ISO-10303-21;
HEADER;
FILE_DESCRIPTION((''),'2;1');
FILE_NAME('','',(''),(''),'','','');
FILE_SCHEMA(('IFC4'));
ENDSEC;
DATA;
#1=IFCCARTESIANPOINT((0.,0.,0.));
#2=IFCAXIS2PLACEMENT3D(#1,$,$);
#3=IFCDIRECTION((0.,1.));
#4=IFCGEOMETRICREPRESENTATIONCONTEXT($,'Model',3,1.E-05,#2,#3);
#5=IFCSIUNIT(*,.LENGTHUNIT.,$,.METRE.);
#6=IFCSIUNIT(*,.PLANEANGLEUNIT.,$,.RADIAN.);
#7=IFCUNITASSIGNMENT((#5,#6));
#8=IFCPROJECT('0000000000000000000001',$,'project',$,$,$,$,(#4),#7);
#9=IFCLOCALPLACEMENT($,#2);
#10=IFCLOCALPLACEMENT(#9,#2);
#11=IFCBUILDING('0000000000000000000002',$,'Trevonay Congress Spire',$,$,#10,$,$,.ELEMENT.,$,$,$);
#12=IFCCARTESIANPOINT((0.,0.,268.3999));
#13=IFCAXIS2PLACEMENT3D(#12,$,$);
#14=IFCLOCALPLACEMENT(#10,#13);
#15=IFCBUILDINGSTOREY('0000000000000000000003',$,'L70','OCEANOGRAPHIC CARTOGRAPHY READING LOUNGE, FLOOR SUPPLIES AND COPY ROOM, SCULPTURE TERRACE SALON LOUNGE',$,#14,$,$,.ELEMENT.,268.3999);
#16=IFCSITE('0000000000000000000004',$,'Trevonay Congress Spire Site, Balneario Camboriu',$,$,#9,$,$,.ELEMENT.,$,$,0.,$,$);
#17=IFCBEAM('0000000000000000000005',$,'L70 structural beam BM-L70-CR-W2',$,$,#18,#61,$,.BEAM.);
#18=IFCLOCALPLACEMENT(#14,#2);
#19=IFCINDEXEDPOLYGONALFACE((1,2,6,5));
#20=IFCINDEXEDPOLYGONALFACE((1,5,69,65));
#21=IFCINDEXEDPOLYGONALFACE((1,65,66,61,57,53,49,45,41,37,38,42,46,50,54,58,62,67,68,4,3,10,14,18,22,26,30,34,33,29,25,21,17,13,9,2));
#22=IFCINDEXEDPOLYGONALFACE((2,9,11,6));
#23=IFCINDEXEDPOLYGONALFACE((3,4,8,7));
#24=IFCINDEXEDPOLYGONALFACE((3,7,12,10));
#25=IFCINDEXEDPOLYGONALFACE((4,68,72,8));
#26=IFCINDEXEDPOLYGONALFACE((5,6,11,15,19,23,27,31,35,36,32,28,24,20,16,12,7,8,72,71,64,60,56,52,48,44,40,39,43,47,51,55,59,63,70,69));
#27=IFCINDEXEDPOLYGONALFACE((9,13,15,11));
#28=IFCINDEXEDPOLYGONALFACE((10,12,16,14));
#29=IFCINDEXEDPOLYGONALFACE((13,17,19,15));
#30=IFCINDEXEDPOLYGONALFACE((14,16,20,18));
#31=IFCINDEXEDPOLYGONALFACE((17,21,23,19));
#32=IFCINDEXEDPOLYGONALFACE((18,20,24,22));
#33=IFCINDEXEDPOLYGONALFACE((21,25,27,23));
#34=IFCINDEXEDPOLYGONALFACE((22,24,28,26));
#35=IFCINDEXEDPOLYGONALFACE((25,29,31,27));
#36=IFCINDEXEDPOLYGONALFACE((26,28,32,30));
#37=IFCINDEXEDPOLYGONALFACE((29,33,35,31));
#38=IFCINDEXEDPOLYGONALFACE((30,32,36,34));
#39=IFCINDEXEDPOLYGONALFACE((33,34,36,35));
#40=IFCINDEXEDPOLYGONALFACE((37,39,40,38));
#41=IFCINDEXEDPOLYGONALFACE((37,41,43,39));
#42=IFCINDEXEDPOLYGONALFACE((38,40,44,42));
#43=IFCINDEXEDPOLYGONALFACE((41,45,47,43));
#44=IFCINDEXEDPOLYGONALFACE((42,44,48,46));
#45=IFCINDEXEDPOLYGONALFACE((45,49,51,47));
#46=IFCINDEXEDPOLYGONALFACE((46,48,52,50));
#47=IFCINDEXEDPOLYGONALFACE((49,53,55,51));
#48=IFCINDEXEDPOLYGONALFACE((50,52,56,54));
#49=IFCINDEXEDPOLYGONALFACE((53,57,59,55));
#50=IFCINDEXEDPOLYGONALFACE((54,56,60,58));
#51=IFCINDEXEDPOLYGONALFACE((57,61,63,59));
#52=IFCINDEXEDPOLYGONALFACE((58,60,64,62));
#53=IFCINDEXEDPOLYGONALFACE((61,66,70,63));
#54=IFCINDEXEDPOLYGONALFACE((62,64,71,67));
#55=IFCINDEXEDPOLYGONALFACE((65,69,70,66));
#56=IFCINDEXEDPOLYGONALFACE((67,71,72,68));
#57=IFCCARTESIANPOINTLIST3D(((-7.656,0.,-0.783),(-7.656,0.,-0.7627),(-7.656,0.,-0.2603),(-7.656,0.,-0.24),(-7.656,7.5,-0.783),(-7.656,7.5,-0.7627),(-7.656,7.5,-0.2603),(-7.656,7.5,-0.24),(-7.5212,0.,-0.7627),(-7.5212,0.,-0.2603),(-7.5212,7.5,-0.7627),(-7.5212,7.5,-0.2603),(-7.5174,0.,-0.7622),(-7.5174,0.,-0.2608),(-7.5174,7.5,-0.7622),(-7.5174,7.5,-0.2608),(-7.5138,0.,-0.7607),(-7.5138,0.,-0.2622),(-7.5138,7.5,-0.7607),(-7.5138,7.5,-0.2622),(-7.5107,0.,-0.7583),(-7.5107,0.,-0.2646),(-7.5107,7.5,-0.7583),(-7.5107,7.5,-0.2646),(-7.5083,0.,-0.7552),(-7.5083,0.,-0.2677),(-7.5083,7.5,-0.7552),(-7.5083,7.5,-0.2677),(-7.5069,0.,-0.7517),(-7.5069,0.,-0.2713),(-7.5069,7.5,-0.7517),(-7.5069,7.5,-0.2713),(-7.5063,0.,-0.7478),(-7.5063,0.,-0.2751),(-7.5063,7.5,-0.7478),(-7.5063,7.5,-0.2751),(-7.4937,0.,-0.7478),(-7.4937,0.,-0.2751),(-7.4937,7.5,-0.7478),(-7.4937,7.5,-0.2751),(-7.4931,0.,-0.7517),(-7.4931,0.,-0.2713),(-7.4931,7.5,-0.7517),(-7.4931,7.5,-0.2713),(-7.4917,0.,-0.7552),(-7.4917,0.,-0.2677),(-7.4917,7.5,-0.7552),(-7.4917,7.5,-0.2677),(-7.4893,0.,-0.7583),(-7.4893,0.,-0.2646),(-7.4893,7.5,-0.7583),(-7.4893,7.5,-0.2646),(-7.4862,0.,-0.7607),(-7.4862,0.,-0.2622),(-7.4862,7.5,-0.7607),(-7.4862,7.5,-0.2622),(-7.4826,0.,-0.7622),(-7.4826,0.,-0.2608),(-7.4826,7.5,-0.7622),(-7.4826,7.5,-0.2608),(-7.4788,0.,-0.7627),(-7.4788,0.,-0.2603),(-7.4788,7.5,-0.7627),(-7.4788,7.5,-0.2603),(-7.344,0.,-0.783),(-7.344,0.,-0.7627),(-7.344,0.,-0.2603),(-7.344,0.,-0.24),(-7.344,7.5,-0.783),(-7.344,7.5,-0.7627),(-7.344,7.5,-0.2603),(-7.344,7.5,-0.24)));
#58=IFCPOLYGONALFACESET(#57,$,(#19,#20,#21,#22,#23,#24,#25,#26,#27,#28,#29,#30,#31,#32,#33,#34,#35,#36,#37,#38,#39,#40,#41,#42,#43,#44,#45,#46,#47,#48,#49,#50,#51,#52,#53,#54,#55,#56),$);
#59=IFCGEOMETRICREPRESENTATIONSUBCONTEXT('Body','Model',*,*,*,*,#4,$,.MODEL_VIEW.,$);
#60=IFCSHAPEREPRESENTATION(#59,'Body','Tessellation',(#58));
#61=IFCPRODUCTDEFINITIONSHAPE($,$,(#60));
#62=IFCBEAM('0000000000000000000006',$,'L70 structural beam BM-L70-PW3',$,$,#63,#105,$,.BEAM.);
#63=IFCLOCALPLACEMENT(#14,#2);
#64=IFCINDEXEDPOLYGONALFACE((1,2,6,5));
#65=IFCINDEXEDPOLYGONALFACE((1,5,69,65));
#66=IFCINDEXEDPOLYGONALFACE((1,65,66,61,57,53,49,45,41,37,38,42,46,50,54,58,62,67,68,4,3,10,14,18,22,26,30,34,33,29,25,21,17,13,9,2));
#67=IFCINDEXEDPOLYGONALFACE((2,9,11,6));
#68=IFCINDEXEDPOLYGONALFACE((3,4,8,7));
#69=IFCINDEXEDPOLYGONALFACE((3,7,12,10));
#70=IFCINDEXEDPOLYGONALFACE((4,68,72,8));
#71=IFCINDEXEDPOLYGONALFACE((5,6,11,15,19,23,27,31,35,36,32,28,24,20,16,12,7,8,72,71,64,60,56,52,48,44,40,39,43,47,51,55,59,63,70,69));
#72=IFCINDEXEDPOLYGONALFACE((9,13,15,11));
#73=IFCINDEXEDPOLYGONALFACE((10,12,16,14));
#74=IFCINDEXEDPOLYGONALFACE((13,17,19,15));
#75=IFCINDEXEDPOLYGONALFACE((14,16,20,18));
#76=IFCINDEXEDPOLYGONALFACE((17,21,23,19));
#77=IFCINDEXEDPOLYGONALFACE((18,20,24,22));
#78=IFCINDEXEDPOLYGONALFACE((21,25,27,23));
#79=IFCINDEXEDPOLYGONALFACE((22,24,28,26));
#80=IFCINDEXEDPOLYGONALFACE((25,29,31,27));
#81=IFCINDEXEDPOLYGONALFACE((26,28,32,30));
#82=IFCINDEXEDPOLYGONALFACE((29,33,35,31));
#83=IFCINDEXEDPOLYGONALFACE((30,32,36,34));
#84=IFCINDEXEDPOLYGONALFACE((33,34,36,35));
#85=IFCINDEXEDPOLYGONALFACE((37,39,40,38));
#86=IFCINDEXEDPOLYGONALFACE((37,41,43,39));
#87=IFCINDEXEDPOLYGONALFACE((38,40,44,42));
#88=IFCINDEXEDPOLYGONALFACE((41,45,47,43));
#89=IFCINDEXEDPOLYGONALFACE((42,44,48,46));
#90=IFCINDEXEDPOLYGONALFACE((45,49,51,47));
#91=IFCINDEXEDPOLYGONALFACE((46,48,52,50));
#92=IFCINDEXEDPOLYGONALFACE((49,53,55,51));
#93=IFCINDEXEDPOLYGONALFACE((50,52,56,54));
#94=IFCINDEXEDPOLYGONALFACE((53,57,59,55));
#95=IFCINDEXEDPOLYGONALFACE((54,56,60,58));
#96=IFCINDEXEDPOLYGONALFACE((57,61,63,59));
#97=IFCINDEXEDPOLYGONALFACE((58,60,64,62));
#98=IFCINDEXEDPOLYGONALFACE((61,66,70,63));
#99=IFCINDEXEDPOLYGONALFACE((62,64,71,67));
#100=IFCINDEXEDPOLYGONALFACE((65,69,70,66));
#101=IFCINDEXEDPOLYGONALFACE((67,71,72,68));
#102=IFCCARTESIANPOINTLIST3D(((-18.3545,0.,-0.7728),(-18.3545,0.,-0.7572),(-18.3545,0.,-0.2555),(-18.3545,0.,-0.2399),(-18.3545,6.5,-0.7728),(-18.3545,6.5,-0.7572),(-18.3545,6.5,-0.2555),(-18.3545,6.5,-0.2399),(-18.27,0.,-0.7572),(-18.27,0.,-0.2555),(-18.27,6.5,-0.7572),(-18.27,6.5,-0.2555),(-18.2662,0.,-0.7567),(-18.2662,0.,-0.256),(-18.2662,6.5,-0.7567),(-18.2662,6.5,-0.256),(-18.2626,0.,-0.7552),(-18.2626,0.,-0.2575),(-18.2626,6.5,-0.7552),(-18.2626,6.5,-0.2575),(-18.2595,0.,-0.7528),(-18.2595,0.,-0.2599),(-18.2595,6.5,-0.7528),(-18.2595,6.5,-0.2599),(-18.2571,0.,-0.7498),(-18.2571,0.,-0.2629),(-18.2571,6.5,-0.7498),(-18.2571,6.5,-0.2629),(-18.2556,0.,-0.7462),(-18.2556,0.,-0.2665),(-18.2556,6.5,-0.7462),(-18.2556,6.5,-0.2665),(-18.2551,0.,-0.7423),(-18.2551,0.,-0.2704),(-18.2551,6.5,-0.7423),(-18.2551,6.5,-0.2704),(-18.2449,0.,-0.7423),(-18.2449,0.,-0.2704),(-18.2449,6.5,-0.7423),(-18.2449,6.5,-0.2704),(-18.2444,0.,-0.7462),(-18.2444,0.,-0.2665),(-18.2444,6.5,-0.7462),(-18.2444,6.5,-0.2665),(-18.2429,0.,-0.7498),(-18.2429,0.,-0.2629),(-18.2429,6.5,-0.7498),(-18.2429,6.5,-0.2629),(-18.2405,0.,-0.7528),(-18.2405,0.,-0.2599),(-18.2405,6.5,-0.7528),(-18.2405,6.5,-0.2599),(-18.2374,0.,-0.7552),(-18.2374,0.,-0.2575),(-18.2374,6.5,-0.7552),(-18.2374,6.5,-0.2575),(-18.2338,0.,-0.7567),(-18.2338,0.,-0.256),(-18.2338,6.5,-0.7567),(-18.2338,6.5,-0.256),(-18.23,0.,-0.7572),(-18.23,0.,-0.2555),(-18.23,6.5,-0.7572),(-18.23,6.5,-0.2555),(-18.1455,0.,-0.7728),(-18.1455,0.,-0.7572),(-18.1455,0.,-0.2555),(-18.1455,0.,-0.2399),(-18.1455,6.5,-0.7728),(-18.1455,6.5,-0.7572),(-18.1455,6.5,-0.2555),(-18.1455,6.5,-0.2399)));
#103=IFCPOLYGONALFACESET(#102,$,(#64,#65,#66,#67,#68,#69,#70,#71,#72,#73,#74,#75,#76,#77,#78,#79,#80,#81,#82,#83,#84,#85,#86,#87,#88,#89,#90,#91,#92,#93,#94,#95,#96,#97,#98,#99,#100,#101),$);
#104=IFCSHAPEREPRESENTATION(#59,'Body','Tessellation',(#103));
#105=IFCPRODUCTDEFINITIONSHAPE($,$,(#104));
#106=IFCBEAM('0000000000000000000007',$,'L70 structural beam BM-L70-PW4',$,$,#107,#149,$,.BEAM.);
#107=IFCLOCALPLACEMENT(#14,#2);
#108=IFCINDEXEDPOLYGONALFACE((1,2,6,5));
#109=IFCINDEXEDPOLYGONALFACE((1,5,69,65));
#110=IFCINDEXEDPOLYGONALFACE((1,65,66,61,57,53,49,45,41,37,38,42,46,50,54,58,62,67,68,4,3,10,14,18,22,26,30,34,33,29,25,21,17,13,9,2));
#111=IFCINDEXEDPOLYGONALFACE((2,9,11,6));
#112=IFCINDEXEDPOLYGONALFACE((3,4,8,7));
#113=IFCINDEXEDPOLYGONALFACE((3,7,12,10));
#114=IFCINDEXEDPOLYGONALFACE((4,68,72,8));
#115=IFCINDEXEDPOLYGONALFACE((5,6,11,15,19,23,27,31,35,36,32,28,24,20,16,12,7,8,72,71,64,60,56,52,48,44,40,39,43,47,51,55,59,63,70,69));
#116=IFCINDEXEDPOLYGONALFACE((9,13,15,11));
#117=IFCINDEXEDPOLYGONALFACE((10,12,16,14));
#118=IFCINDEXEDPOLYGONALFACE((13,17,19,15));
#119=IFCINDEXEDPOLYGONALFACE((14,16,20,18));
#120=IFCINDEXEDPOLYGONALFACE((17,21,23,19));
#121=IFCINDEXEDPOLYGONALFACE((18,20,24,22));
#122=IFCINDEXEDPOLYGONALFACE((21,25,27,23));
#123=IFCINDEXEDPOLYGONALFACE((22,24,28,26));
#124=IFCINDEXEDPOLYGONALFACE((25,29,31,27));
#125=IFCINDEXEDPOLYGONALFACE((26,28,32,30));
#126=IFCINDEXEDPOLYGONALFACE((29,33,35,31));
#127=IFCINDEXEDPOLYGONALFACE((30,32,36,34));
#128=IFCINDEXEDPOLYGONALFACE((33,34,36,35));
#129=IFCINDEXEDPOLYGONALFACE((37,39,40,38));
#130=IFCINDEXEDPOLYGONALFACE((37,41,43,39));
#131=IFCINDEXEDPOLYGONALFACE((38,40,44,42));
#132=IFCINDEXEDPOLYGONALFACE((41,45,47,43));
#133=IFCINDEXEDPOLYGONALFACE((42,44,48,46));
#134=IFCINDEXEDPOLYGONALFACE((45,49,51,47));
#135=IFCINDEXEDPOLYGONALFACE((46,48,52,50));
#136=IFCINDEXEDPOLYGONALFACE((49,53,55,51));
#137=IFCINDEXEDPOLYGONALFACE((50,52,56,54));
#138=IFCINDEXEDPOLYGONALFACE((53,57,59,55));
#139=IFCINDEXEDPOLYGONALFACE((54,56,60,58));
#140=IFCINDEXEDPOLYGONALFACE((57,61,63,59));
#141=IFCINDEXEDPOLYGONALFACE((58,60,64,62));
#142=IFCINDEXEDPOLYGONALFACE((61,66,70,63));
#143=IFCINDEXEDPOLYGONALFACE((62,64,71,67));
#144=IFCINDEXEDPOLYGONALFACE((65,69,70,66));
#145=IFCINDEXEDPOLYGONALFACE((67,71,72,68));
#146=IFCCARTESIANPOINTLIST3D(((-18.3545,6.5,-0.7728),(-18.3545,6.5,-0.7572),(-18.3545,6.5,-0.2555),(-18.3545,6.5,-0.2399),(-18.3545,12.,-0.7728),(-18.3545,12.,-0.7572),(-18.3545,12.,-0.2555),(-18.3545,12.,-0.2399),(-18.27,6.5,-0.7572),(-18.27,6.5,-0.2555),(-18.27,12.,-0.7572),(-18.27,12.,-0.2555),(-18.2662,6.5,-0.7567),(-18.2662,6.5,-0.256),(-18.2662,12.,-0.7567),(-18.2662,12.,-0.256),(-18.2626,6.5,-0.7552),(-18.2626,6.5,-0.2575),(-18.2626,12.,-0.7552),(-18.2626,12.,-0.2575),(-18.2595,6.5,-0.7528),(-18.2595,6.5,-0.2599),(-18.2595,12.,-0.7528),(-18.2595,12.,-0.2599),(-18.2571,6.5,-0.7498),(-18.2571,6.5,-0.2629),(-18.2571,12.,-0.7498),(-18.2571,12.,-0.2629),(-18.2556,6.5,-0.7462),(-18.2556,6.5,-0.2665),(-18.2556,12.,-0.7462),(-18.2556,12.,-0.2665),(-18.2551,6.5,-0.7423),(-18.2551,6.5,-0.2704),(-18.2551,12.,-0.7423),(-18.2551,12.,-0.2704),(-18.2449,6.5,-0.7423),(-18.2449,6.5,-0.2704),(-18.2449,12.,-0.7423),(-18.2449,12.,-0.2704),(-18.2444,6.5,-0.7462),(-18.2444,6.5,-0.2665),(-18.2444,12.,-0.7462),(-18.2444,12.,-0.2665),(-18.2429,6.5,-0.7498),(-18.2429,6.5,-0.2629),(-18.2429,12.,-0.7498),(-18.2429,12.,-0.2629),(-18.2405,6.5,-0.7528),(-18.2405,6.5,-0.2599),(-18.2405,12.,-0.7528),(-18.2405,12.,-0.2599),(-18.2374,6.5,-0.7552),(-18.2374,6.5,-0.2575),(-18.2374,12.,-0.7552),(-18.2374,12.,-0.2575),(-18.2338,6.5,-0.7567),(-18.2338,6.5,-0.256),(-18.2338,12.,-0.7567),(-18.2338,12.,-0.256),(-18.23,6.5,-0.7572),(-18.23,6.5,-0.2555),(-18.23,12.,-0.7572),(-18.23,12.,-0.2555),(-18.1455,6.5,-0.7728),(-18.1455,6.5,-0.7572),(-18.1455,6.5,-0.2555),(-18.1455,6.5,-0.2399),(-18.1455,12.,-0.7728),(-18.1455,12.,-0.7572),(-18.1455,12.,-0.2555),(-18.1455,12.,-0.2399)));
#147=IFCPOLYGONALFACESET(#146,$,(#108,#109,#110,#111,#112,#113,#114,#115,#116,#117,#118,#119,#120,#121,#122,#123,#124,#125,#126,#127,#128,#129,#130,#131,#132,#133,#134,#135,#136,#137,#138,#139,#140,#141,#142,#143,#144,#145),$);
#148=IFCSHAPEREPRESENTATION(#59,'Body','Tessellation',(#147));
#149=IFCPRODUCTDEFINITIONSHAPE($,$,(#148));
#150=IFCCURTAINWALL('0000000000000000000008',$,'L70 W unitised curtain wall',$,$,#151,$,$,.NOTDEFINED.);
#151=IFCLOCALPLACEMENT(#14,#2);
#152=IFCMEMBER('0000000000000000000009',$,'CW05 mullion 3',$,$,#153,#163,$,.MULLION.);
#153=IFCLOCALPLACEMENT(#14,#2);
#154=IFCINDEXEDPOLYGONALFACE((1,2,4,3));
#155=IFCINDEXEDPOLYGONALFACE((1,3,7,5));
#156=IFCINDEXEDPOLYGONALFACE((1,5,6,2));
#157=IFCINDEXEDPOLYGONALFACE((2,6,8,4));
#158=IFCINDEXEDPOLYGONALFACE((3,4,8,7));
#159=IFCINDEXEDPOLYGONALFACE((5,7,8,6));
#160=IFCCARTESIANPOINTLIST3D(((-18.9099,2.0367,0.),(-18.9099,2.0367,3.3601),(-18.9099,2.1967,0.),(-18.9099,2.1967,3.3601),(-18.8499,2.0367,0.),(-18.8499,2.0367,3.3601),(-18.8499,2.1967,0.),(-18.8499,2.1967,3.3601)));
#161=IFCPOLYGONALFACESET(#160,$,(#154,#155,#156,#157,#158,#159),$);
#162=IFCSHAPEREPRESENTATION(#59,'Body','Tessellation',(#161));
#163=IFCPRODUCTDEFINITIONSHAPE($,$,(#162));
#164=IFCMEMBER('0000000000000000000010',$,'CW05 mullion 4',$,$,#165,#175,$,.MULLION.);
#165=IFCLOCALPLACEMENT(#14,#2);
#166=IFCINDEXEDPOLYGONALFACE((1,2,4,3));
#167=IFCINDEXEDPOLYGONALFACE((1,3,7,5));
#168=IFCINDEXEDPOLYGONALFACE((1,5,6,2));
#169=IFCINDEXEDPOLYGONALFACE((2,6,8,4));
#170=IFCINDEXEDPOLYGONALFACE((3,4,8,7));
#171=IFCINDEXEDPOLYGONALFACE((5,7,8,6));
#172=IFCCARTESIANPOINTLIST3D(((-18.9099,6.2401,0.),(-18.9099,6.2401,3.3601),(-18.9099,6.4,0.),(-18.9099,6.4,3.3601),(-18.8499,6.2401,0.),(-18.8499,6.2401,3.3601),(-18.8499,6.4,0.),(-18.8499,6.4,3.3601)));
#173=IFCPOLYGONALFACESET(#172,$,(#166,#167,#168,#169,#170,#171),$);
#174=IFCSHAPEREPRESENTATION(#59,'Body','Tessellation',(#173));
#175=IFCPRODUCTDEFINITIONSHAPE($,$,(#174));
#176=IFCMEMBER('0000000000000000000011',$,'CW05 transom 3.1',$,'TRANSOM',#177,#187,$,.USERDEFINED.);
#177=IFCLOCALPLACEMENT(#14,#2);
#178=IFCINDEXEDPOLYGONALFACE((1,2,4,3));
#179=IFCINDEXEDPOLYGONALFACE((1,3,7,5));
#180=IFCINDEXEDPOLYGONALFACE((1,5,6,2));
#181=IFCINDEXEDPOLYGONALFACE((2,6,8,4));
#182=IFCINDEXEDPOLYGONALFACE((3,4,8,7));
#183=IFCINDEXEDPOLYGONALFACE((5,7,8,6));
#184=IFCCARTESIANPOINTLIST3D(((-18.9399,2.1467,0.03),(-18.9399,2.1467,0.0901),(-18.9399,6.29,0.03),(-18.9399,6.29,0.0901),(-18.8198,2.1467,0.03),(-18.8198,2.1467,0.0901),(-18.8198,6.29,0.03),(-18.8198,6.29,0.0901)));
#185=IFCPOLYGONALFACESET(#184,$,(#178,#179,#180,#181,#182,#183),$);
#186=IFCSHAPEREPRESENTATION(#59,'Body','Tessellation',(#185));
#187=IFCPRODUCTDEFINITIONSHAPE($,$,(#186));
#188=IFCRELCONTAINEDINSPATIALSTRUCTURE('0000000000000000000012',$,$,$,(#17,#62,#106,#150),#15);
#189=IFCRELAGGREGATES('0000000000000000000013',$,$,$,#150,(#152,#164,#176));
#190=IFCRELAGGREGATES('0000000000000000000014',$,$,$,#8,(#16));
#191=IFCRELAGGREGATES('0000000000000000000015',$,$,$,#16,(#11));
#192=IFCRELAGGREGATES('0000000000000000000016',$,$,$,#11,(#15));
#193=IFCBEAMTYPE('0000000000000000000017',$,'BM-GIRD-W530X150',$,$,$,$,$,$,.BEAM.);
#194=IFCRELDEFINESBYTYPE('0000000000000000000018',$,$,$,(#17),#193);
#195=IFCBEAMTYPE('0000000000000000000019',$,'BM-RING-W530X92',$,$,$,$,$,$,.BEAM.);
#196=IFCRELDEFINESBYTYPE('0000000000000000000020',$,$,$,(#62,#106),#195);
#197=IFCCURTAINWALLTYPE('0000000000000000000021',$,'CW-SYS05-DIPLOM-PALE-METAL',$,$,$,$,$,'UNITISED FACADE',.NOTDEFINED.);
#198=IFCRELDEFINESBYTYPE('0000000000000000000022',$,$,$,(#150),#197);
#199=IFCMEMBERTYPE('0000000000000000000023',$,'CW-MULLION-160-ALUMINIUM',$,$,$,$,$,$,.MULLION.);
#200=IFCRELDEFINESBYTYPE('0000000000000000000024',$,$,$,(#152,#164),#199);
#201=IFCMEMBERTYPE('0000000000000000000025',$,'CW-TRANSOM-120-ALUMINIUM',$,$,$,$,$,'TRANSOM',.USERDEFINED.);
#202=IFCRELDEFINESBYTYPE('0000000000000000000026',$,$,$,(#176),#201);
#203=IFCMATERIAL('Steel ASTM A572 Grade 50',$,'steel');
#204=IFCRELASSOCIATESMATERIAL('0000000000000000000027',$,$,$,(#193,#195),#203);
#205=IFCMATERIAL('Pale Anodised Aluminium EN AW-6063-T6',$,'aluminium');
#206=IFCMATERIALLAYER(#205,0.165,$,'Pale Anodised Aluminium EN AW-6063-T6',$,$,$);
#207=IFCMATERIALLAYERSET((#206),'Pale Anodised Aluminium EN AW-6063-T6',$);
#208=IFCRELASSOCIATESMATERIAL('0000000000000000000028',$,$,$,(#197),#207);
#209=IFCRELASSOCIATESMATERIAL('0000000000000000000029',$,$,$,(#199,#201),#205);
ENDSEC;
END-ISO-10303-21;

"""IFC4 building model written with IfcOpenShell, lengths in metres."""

from ifc_helpers import new_model, si_unit, direction, frame, origin, origin_2d, place, context, subcontext, project, spatial, rectangle, i_section, extrude, material, layer, layer_set, material_profile, profile_set, type_object, element, aggregate, save


model = new_model("IFC4")

# Units and contexts
model_context = context("Model", 3, precision=1e-05, world=origin(), true_north=direction((0.0, 1.0)))
body_context = subcontext(model_context, "Body", "Model", "MODEL_VIEW")
ifc_project = project(units=[si_unit("LENGTHUNIT", "METRE"), si_unit("PLANEANGLEUNIT", "RADIAN")], contexts=[model_context])

# Site, building, storey
site_placement = place(None, origin())
site = spatial("IfcSite", under=ifc_project, at=site_placement, Name="Trevonay Congress Spire Site, Balneario Camboriu", CompositionType="ELEMENT", RefElevation=0.0)
building_placement = place(site_placement, origin())
building = spatial("IfcBuilding", under=site, at=building_placement, Name="Trevonay Congress Spire", CompositionType="ELEMENT")
storey_placement = place(building_placement, frame((0.0, 0.0, 268.3999)))
storey = spatial("IfcBuildingStorey", under=building, at=storey_placement, Name="L70", Description="OCEANOGRAPHIC CARTOGRAPHY READING LOUNGE, FLOOR SUPPLIES AND COPY ROOM, SCULPTURE TERRACE SALON LOUNGE", CompositionType="ELEMENT", Elevation=268.3999)

# Shared definitions
ifc_material_1 = material(Name="Steel ASTM A572 Grade 50", Category="steel")

# Beams
ifc_material_profile_1 = material_profile(ifc_material_1, i_section(OverallWidth=0.312, OverallDepth=0.543, WebThickness=0.0127, FlangeThickness=0.0203, FilletRadius=0.0149, at=origin_2d()), Name="W530x150")
ifc_profile_set_1 = profile_set([ifc_material_profile_1], Name="Steel ASTM A572 Grade 50")
beam_type_1 = type_object("IfcBeamType", Name="BM-GIRD-W530X150", PredefinedType="BEAM", material=ifc_profile_set_1)
beam_1_placement = place(storey_placement, frame((-7.5, 0.0, -0.5115), z_axis=(0.0, 1.0, 0.0), x_axis=(-1.0, 0.0, 0.0)))
element("IfcBeam", 1, at=beam_1_placement, inside=storey, type_object=beam_type_1, Name="L70 structural beam BM-L70-CR-W2", PredefinedType="BEAM", context=body_context, shape_type="SweptSolid", body=[
    extrude(i_section(OverallWidth=0.312, OverallDepth=0.543, WebThickness=0.0127, FlangeThickness=0.0203, FilletRadius=0.0149, at=origin_2d()), origin(), (0.0, 0.0, 1.0), 7.5),
])
ifc_material_profile_2 = material_profile(ifc_material_1, i_section(OverallWidth=0.209, OverallDepth=0.533, WebThickness=0.0103, FlangeThickness=0.0156, FilletRadius=0.0149, at=origin_2d()), Name="W530x92")
ifc_profile_set_2 = profile_set([ifc_material_profile_2], Name="Steel ASTM A572 Grade 50")
beam_type_2 = type_object("IfcBeamType", Name="BM-RING-W530X92", PredefinedType="BEAM", material=ifc_profile_set_2)
beam_2_placement = place(storey_placement, frame((-18.25, 0.0, -0.5063), z_axis=(0.0, 1.0, 0.0), x_axis=(-1.0, 0.0, 0.0)))
element("IfcBeam", 2, at=beam_2_placement, inside=storey, type_object=beam_type_2, Name="L70 structural beam BM-L70-PW3", PredefinedType="BEAM", context=body_context, shape_type="SweptSolid", body=[
    extrude(i_section(OverallWidth=0.209, OverallDepth=0.533, WebThickness=0.0103, FlangeThickness=0.0156, FilletRadius=0.0149, at=origin_2d()), origin(), (0.0, 0.0, 1.0), 6.5),
])
beam_3_placement = place(storey_placement, frame((-18.25, 6.5, -0.5063), z_axis=(0.0, 1.0, 0.0), x_axis=(-1.0, 0.0, 0.0)))
element("IfcBeam", 3, at=beam_3_placement, inside=storey, type_object=beam_type_2, Name="L70 structural beam BM-L70-PW4", PredefinedType="BEAM", context=body_context, shape_type="SweptSolid", body=[
    extrude(i_section(OverallWidth=0.209, OverallDepth=0.533, WebThickness=0.0103, FlangeThickness=0.0156, FilletRadius=0.0149, at=origin_2d()), origin(), (0.0, 0.0, 1.0), 5.5),
])

# Curtain wall, members
ifc_material_2 = material(Name="Pale Anodised Aluminium EN AW-6063-T6", Category="aluminium")
ifc_layer_1 = layer(ifc_material_2, 0.165, Name="Pale Anodised Aluminium EN AW-6063-T6")
ifc_layer_set_1 = layer_set([ifc_layer_1], Name="Pale Anodised Aluminium EN AW-6063-T6")
curtain_wall_type = type_object("IfcCurtainWallType", Name="CW-SYS05-DIPLOM-PALE-METAL", ElementType="UNITISED FACADE", PredefinedType="NOTDEFINED", material=ifc_layer_set_1)
curtain_wall_placement = place(storey_placement, origin())
curtain_wall = element("IfcCurtainWall", 4, at=curtain_wall_placement, inside=storey, type_object=curtain_wall_type, Name="L70 W unitised curtain wall", PredefinedType="NOTDEFINED")
ifc_material_profile_3 = material_profile(ifc_material_2, rectangle(XDim=0.0601, YDim=0.1599, at=origin_2d()), Name="CW-MULLION-160-ALUMINIUM")
ifc_profile_set_3 = profile_set([ifc_material_profile_3], Name="Pale Anodised Aluminium EN AW-6063-T6")
member_type_1 = type_object("IfcMemberType", Name="CW-MULLION-160-ALUMINIUM", PredefinedType="MULLION", material=ifc_profile_set_3)
member_1_placement = place(storey_placement, frame((-18.8799, 2.1167, 0.0), z_axis=(0.0, 0.0, 1.0), x_axis=(-1.0, 0.0, 0.0)))
member_1 = element("IfcMember", 5, at=member_1_placement, type_object=member_type_1, Name="CW05 mullion 3", PredefinedType="MULLION", context=body_context, shape_type="SweptSolid", body=[
    extrude(rectangle(XDim=0.0601, YDim=0.1599, at=origin_2d()), origin(), (0.0, 0.0, 1.0), 3.3601),
])
member_2_placement = place(storey_placement, frame((-18.8799, 6.3201, 0.0), z_axis=(0.0, 0.0, 1.0), x_axis=(-1.0, 0.0, 0.0)))
member_2 = element("IfcMember", 6, at=member_2_placement, type_object=member_type_1, Name="CW05 mullion 4", PredefinedType="MULLION", context=body_context, shape_type="SweptSolid", body=[
    extrude(rectangle(XDim=0.0601, YDim=0.1599, at=origin_2d()), origin(), (0.0, 0.0, 1.0), 3.3601),
])
ifc_material_profile_4 = material_profile(ifc_material_2, rectangle(XDim=0.1201, YDim=0.0601, at=origin_2d()), Name="CW-TRANSOM-120-ALUMINIUM")
ifc_profile_set_4 = profile_set([ifc_material_profile_4], Name="Pale Anodised Aluminium EN AW-6063-T6")
member_type_2 = type_object("IfcMemberType", Name="CW-TRANSOM-120-ALUMINIUM", ElementType="TRANSOM", PredefinedType="USERDEFINED", material=ifc_profile_set_4)
member_3_placement = place(storey_placement, frame((-18.8799, 2.1467, 0.0601), z_axis=(0.0, 1.0, 0.0), x_axis=(-1.0, 0.0, 0.0)))
member_3 = element("IfcMember", 7, at=member_3_placement, type_object=member_type_2, Name="CW05 transom 3.1", ObjectType="TRANSOM", PredefinedType="USERDEFINED", context=body_context, shape_type="SweptSolid", body=[
    extrude(rectangle(XDim=0.1201, YDim=0.0601, at=origin_2d()), origin(), (0.0, 0.0, 1.0), 4.1433),
])

aggregate(curtain_wall, [member_1, member_2, member_3])

save(model, "model.ifc")
